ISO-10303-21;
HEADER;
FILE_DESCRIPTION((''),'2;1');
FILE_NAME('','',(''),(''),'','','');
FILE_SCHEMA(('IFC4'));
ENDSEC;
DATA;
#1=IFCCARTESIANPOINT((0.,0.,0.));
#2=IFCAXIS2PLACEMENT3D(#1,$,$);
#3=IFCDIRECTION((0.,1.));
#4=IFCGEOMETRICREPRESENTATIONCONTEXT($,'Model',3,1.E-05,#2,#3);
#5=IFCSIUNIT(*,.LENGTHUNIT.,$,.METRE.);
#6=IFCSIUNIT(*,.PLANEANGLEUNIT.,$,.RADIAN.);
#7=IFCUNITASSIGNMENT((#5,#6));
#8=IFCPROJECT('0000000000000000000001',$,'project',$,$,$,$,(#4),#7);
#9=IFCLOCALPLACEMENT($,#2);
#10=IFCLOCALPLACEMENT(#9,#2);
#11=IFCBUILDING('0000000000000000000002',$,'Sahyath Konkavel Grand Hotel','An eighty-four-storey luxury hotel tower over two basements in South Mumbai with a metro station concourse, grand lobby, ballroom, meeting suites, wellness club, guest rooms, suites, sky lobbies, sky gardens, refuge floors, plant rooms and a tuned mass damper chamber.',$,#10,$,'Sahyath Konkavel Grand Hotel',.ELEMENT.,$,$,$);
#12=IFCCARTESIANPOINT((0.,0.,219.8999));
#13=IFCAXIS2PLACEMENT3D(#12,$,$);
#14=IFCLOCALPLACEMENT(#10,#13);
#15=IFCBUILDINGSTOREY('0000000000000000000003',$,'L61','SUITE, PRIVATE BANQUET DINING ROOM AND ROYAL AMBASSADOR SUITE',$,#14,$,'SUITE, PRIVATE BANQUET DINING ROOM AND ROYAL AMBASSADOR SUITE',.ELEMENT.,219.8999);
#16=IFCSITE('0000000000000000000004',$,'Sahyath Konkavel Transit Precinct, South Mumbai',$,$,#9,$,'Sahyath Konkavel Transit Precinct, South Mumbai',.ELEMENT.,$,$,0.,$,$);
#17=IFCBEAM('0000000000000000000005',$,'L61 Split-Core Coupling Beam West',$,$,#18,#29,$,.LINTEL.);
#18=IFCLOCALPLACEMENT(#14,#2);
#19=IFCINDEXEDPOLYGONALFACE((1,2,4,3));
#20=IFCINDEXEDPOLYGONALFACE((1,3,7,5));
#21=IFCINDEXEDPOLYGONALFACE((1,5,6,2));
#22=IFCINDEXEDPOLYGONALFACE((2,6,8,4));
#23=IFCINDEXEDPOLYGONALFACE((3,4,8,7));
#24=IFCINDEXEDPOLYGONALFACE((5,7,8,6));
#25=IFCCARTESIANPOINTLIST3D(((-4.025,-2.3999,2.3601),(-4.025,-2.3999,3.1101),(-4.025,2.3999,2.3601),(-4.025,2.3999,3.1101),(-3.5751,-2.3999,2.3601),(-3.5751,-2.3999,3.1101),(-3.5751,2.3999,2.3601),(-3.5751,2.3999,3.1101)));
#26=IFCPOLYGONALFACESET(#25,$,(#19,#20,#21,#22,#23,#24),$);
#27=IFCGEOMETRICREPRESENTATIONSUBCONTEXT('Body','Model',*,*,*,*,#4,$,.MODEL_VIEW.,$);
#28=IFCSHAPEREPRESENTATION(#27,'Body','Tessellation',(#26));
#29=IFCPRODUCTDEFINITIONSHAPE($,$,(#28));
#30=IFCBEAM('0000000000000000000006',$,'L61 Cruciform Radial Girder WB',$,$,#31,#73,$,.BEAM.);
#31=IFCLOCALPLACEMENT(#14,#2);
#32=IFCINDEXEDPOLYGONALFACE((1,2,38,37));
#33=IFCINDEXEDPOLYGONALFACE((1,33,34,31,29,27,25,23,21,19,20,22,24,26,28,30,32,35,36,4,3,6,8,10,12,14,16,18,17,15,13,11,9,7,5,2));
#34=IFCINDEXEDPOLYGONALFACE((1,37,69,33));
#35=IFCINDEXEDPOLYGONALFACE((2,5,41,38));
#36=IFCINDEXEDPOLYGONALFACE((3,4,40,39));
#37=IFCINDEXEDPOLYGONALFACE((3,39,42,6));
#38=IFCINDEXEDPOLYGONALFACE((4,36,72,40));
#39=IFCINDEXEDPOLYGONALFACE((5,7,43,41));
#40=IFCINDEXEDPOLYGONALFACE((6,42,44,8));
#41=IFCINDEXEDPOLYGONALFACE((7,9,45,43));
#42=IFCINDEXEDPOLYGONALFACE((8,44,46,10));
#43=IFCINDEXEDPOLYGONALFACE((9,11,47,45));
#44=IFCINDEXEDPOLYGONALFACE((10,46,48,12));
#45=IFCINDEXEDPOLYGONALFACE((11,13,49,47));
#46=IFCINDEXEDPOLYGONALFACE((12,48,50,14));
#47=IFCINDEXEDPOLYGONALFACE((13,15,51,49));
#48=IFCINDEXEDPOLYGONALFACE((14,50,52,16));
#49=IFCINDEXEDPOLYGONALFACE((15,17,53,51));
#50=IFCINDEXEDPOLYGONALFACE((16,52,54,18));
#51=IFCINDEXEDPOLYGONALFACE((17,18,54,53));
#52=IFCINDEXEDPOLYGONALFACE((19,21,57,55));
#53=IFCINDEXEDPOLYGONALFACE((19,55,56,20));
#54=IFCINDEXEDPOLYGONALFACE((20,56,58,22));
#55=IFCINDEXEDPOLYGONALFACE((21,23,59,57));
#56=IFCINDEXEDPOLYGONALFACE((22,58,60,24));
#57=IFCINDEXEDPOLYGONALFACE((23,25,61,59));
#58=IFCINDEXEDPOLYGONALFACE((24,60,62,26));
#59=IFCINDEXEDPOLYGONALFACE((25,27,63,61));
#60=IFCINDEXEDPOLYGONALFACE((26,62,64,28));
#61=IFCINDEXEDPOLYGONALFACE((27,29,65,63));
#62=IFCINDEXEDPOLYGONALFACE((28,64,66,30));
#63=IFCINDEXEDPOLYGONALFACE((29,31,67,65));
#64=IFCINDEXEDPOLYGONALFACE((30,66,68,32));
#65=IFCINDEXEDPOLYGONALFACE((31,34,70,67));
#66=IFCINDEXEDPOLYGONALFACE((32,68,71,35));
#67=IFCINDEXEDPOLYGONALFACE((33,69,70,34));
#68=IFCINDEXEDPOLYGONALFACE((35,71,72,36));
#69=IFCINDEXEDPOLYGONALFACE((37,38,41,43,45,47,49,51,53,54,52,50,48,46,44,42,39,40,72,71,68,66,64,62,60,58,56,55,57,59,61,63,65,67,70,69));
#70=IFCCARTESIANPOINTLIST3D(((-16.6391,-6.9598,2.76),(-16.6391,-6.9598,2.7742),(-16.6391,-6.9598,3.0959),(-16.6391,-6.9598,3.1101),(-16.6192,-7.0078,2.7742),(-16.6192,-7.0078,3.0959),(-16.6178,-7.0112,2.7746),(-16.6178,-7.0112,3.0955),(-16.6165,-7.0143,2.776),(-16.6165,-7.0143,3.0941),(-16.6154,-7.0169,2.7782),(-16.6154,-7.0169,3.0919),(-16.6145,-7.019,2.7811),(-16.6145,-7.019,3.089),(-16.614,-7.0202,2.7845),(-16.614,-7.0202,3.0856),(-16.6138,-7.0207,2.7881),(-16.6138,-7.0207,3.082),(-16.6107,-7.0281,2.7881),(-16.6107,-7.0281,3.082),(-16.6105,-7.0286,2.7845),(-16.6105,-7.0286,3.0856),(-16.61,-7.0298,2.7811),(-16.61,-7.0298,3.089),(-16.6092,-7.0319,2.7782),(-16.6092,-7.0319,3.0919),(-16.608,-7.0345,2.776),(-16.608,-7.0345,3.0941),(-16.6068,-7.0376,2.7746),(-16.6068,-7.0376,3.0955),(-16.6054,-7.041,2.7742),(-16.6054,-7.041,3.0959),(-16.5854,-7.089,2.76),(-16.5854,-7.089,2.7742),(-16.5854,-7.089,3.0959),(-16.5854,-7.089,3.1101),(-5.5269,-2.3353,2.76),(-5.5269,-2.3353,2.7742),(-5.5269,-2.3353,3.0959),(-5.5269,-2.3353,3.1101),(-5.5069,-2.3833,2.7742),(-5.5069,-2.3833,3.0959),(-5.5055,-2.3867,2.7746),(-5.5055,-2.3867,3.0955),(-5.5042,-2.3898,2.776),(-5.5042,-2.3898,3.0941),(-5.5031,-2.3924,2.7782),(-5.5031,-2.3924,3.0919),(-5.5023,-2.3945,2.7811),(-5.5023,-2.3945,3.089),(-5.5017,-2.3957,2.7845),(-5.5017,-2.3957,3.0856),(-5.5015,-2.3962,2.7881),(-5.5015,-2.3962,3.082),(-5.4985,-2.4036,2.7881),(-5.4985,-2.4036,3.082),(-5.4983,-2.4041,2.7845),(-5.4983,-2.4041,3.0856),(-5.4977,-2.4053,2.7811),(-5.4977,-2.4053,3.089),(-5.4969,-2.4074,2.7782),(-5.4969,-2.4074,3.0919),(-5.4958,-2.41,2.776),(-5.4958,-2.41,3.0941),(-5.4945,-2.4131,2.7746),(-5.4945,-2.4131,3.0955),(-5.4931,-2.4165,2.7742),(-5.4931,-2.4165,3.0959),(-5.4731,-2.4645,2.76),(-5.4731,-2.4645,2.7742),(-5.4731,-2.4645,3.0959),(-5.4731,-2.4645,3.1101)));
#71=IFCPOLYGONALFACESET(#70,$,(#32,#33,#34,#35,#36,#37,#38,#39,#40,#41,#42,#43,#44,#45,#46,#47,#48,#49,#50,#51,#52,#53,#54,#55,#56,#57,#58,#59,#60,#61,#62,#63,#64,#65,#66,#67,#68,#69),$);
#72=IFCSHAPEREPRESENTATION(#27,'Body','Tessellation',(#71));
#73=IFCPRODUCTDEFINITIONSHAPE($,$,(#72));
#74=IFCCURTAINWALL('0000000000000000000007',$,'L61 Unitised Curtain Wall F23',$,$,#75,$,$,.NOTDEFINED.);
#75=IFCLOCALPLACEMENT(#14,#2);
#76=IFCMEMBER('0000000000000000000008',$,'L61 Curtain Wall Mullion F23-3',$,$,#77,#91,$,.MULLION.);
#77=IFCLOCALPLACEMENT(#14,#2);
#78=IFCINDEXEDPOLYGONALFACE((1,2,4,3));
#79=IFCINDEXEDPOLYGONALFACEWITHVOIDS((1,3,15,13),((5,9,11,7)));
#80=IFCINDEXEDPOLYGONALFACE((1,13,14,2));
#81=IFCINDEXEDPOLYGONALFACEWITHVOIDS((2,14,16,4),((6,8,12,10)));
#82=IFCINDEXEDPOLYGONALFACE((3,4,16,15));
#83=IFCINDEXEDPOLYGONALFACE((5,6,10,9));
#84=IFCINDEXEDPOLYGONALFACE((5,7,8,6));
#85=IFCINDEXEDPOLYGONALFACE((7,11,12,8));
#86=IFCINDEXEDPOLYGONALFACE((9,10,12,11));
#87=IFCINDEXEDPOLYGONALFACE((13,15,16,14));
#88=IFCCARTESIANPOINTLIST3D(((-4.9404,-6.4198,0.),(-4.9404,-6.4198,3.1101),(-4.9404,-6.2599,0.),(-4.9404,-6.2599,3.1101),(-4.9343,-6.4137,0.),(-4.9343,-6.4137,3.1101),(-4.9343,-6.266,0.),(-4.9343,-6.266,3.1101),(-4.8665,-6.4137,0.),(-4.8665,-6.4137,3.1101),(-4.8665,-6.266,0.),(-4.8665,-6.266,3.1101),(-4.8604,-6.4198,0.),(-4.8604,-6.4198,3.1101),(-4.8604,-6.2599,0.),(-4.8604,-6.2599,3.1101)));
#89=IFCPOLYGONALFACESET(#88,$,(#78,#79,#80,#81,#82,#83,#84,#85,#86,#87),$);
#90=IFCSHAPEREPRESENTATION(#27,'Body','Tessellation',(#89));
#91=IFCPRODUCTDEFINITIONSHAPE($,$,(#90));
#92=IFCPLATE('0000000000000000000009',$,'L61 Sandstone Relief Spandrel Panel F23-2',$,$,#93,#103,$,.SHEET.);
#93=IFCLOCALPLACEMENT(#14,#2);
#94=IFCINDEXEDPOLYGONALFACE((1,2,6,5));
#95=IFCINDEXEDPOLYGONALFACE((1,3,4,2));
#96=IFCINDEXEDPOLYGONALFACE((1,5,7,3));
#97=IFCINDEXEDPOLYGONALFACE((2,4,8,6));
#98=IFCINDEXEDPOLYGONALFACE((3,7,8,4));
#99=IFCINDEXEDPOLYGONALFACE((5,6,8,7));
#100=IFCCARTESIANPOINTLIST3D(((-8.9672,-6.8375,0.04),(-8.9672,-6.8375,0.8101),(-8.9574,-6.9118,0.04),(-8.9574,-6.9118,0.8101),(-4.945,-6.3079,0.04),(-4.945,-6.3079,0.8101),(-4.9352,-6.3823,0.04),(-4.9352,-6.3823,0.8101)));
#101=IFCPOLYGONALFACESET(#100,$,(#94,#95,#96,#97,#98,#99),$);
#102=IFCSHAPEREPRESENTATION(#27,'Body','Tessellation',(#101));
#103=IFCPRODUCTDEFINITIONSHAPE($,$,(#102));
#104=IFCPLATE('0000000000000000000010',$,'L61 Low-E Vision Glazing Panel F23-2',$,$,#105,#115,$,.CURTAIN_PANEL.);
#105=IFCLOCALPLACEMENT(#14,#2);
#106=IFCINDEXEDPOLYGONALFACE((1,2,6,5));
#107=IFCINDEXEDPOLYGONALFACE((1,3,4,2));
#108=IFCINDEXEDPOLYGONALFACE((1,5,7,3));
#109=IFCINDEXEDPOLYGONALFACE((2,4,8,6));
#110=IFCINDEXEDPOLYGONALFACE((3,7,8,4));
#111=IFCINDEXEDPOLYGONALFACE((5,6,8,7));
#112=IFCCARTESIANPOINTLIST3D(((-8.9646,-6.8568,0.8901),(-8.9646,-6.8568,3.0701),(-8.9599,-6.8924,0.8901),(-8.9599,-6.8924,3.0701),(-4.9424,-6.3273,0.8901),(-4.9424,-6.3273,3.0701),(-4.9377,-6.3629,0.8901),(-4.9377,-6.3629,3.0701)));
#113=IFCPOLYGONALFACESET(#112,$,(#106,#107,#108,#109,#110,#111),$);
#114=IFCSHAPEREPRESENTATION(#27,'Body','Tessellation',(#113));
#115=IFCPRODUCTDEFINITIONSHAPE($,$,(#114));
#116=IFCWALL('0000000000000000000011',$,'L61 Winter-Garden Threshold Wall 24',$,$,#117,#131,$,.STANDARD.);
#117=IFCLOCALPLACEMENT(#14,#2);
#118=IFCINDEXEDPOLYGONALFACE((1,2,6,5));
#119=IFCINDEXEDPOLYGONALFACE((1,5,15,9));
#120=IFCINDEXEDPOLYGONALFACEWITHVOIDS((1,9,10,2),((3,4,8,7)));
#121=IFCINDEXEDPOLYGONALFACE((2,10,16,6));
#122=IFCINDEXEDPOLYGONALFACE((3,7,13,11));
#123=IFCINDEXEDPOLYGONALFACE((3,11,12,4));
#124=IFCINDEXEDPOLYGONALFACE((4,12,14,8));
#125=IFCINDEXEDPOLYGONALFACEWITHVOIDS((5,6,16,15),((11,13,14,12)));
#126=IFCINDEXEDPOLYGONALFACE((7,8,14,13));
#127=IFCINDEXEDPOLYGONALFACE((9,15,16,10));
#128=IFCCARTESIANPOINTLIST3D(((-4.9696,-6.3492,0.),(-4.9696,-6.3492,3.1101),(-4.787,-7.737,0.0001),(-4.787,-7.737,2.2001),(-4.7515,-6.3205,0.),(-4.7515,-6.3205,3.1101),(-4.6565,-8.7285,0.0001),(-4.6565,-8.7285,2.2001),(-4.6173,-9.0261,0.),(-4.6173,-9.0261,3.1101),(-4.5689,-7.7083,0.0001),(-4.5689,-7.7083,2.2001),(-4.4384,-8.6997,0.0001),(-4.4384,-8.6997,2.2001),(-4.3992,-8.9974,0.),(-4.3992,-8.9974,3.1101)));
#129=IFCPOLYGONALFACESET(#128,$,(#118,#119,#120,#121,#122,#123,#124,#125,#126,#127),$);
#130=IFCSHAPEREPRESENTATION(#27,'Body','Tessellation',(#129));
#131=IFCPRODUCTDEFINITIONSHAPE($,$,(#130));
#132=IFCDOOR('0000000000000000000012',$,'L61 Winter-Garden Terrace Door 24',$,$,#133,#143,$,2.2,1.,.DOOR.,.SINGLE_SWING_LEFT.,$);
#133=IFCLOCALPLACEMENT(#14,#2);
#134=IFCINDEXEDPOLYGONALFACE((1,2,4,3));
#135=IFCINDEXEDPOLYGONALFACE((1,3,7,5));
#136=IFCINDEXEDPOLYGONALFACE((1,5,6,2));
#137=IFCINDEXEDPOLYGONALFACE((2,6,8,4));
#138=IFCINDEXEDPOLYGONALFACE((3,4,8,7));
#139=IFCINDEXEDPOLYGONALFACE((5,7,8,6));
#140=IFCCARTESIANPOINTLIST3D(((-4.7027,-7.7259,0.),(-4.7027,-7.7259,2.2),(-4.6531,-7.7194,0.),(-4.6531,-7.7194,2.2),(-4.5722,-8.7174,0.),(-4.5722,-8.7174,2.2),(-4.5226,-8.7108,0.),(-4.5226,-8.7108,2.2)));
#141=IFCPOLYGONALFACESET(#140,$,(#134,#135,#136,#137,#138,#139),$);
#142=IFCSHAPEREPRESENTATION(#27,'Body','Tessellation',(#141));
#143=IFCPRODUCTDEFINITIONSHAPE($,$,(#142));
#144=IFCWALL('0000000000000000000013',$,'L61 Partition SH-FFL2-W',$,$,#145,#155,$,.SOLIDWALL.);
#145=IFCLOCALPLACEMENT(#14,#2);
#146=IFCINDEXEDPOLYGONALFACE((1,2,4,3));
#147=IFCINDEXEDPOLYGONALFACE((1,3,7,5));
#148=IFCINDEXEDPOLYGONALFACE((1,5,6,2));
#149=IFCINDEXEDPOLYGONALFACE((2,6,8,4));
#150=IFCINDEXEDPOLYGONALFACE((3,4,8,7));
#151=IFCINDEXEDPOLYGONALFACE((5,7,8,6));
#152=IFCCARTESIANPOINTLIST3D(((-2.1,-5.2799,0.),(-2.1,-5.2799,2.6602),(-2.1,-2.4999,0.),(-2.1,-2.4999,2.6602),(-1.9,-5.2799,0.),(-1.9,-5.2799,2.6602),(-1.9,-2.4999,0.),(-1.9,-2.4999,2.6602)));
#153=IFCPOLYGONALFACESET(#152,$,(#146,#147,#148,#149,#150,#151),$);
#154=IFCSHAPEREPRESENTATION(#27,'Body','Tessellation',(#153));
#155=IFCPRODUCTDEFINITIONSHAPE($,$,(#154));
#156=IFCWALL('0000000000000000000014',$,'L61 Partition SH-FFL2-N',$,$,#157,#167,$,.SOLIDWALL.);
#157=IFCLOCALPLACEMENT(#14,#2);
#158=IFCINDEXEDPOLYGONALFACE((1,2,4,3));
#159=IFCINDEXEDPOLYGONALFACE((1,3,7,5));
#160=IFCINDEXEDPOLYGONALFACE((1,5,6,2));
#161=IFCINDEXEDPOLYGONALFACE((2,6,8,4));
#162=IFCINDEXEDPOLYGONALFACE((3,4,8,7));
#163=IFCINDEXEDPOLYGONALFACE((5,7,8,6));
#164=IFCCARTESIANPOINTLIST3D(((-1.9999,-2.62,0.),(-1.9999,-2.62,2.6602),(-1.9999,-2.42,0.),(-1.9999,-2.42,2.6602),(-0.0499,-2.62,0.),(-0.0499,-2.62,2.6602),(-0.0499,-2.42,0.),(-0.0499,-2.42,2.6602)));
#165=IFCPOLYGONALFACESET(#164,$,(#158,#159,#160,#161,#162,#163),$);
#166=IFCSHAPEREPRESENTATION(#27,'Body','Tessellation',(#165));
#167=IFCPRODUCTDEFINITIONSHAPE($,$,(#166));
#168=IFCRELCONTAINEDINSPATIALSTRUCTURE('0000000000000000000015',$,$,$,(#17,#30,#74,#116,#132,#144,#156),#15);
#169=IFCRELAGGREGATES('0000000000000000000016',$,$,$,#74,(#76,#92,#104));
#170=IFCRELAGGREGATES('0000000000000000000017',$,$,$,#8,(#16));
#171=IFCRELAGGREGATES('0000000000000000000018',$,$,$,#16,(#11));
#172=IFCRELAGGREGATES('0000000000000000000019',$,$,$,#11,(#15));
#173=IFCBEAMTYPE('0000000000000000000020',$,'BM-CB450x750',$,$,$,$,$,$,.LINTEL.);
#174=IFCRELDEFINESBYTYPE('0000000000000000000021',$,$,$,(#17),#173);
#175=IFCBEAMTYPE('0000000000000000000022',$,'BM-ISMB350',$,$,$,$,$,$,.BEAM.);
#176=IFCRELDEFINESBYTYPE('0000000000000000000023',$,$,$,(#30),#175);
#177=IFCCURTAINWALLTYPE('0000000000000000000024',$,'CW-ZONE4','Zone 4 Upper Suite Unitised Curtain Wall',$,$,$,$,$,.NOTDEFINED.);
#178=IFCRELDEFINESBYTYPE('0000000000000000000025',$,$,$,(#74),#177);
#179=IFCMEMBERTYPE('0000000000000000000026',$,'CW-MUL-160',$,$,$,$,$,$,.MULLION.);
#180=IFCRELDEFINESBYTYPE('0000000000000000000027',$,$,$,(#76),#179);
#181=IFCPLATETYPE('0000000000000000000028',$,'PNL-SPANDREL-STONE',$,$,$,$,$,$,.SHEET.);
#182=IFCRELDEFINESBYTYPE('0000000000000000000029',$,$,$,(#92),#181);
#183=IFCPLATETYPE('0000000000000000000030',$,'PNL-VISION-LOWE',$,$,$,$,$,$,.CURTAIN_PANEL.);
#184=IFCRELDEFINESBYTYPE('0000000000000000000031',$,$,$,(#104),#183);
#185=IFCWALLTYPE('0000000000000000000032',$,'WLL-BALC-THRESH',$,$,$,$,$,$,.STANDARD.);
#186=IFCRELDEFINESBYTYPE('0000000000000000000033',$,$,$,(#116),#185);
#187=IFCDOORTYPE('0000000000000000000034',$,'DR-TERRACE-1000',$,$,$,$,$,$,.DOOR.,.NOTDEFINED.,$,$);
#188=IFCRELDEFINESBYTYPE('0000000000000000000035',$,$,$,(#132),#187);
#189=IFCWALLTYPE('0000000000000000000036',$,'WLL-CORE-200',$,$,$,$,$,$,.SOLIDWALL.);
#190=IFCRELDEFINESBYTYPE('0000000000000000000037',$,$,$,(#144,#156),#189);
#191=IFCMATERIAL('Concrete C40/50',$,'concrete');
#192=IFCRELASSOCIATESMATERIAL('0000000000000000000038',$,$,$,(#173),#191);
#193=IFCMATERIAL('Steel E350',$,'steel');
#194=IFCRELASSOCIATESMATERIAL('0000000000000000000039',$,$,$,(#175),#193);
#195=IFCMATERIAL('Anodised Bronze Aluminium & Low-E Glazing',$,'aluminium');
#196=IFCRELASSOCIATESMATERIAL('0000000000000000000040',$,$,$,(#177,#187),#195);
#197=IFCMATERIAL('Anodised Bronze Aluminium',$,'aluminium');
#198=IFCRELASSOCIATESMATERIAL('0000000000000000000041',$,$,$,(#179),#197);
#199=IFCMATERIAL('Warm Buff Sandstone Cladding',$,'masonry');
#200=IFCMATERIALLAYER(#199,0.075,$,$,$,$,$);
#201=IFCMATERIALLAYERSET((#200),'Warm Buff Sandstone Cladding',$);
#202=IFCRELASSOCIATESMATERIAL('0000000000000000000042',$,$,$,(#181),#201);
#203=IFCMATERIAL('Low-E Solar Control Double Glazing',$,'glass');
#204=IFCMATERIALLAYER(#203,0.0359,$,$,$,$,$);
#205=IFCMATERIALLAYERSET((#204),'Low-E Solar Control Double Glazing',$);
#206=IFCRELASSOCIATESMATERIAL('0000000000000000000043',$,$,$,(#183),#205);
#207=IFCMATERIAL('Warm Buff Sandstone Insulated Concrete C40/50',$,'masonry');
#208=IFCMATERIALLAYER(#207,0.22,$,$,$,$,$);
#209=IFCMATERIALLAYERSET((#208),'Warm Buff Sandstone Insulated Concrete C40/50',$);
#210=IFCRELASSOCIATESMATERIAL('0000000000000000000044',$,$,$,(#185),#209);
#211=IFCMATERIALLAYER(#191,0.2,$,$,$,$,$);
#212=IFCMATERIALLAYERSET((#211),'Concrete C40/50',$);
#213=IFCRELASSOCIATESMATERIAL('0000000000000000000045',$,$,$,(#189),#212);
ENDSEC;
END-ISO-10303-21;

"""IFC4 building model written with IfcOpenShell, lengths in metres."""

from ifc_helpers import new_model, si_unit, direction, frame, frame_2d, origin, origin_2d, place, context, subcontext, project, spatial, rectangle, hollow_rectangle, i_section, extrude, source, transform, mapped, material, layer, layer_set, material_profile, profile_set, type_object, element, fill, aggregate, save


model = new_model("IFC4")

# Units and contexts
model_context = context("Model", 3, precision=1e-05, world=origin(), true_north=direction((0.0, 1.0)))
body_context = subcontext(model_context, "Body", "Model", "MODEL_VIEW")
ifc_project = project(units=[si_unit("LENGTHUNIT", "METRE"), si_unit("PLANEANGLEUNIT", "RADIAN")], contexts=[model_context])

# Site, building, storey
site_placement = place(None, origin())
site = spatial("IfcSite", under=ifc_project, at=site_placement, Name="Sahyath Konkavel Transit Precinct, South Mumbai", LongName="Sahyath Konkavel Transit Precinct, South Mumbai", CompositionType="ELEMENT", RefElevation=0.0)
building_placement = place(site_placement, origin())
building = spatial("IfcBuilding", under=site, at=building_placement, Name="Sahyath Konkavel Grand Hotel", Description="An eighty-four-storey luxury hotel tower over two basements in South Mumbai with a metro station concourse, grand lobby, ballroom, meeting suites, wellness club, guest rooms, suites, sky lobbies, sky gardens, refuge floors, plant rooms and a tuned mass damper chamber.", LongName="Sahyath Konkavel Grand Hotel", CompositionType="ELEMENT")
storey_placement = place(building_placement, frame((0.0, 0.0, 219.8999)))
storey = spatial("IfcBuildingStorey", under=building, at=storey_placement, Name="L61", Description="SUITE, PRIVATE BANQUET DINING ROOM AND ROYAL AMBASSADOR SUITE", LongName="SUITE, PRIVATE BANQUET DINING ROOM AND ROYAL AMBASSADOR SUITE", CompositionType="ELEMENT", Elevation=219.8999)

# Shared definitions
ifc_material_1 = material(Name="Concrete C40/50", Category="concrete")

# Beams
ifc_material_2 = material(Name="Steel E350", Category="steel")
ifc_material_profile_1 = material_profile(ifc_material_1, rectangle(XDim=0.45, YDim=0.75, at=origin_2d()), Name="RC 450x750")
ifc_profile_set_1 = profile_set([ifc_material_profile_1], Name="Concrete C40/50")
beam_type_1 = type_object("IfcBeamType", Name="BM-CB450x750", PredefinedType="LINTEL", material=ifc_profile_set_1)
shared_shape_1 = source(origin(), body_context, "Body", "SweptSolid", [
    extrude(rectangle(XDim=0.45, YDim=0.75, at=origin_2d()), origin(), (0.0, 0.0, 1.0), 4.7998),
])
beam_1_placement = place(storey_placement, frame((-3.8, -2.3999, 2.7351), z_axis=(0.0, 1.0, 0.0), x_axis=(-1.0, 0.0, 0.0)))
element("IfcBeam", 1, at=beam_1_placement, inside=storey, type_object=beam_type_1, Name="L61 Split-Core Coupling Beam West", PredefinedType="LINTEL", context=body_context, shape_type="MappedRepresentation", body=[
    mapped(shared_shape_1, transform((0.0, 0.0, 0.0), scale=1.0)),
])
ifc_material_profile_2 = material_profile(ifc_material_2, i_section(OverallWidth=0.1399, OverallDepth=0.3501, WebThickness=0.0081, FlangeThickness=0.0142, FilletRadius=0.0139, at=origin_2d()), Name="ISMB 350")
ifc_profile_set_2 = profile_set([ifc_material_profile_2], Name="Steel E350")
beam_type_2 = type_object("IfcBeamType", Name="BM-ISMB350", PredefinedType="BEAM", material=ifc_profile_set_2)
shared_shape_2 = source(origin(), body_context, "Body", "SweptSolid", [
    extrude(i_section(OverallWidth=0.1399, OverallDepth=0.3501, WebThickness=0.0081, FlangeThickness=0.0142, FilletRadius=0.0139, at=origin_2d()), origin(), (0.0, 0.0, 1.0), 12.0361),
])
beam_2_placement = place(storey_placement, frame((-5.5, -2.3999, 2.9351), z_axis=(-0.923242, -0.384218, 0.0), x_axis=(0.384218, -0.923242, 0.0)))
element("IfcBeam", 2, at=beam_2_placement, inside=storey, type_object=beam_type_2, Name="L61 Cruciform Radial Girder WB", PredefinedType="BEAM", context=body_context, shape_type="MappedRepresentation", body=[
    mapped(shared_shape_2, transform((0.0, 0.0, 0.0), scale=1.0)),
])

# Curtain wall, member, plates
ifc_material_3 = material(Name="Anodised Bronze Aluminium & Low-E Glazing", Category="aluminium")
curtain_wall_type = type_object("IfcCurtainWallType", Name="CW-ZONE4", Description="Zone 4 Upper Suite Unitised Curtain Wall", PredefinedType="NOTDEFINED", material=ifc_material_3)
curtain_wall_placement = place(storey_placement, origin())
curtain_wall = element("IfcCurtainWall", 3, at=curtain_wall_placement, inside=storey, type_object=curtain_wall_type, Name="L61 Unitised Curtain Wall F23", PredefinedType="NOTDEFINED")
ifc_material_4 = material(Name="Anodised Bronze Aluminium", Category="aluminium")
ifc_material_profile_3 = material_profile(ifc_material_4, hollow_rectangle(XDim=0.0801, YDim=0.1599, WallThickness=0.0061, at=origin_2d()), Name="RHS 160x80x6")
ifc_profile_set_3 = profile_set([ifc_material_profile_3], Name="Anodised Bronze Aluminium")
member_type = type_object("IfcMemberType", Name="CW-MUL-160", PredefinedType="MULLION", material=ifc_profile_set_3)
shared_shape_3 = source(origin(), body_context, "Body", "SweptSolid", [
    extrude(hollow_rectangle(XDim=0.0801, YDim=0.1599, WallThickness=0.0061, at=origin_2d()), origin(), (0.0, 0.0, 1.0), 3.1101),
])
member_placement = place(storey_placement, frame((-4.9004, -6.3398, 0.0), z_axis=(0.0, 0.0, 1.0), x_axis=(1.0, 0.0, 0.0)))
member = element("IfcMember", 4, at=member_placement, type_object=member_type, Name="L61 Curtain Wall Mullion F23-3", PredefinedType="MULLION", context=body_context, shape_type="MappedRepresentation", body=[
    mapped(shared_shape_3, transform((0.0, 0.0, 0.0), scale=1.0)),
])
ifc_material_5 = material(Name="Warm Buff Sandstone Cladding", Category="masonry")
ifc_layer_1 = layer(ifc_material_5, 0.075)
ifc_layer_set_1 = layer_set([ifc_layer_1], Name="Warm Buff Sandstone Cladding")
plate_type_1 = type_object("IfcPlateType", Name="PNL-SPANDREL-STONE", PredefinedType="SHEET", material=ifc_layer_set_1)
shared_shape_4 = source(origin(), body_context, "Body", "SweptSolid", [
    extrude(rectangle(XDim=4.0569, YDim=0.075, at=origin_2d()), origin(), (0.0, 0.0, 1.0), 0.77),
])
plate_1_placement = place(storey_placement, frame((-6.9512, -6.6099, 0.04), z_axis=(0.0, 0.0, 1.0), x_axis=(0.991445, 0.130526, 0.0)))
plate_1 = element("IfcPlate", 5, at=plate_1_placement, type_object=plate_type_1, Name="L61 Sandstone Relief Spandrel Panel F23-2", PredefinedType="SHEET", context=body_context, shape_type="MappedRepresentation", body=[
    mapped(shared_shape_4, transform((0.0, 0.0, 0.0), scale=1.0)),
])
ifc_material_6 = material(Name="Low-E Solar Control Double Glazing", Category="glass")
ifc_layer_2 = layer(ifc_material_6, 0.0359)
ifc_layer_set_2 = layer_set([ifc_layer_2], Name="Low-E Solar Control Double Glazing")
plate_type_2 = type_object("IfcPlateType", Name="PNL-VISION-LOWE", PredefinedType="CURTAIN_PANEL", material=ifc_layer_set_2)
shared_shape_5 = source(origin(), body_context, "Body", "SweptSolid", [
    extrude(rectangle(XDim=4.0569, YDim=0.0359, at=origin_2d()), origin(), (0.0, 0.0, 1.0), 2.1799),
])
plate_2_placement = place(storey_placement, frame((-6.9512, -6.6099, 0.8901), z_axis=(0.0, 0.0, 1.0), x_axis=(0.991445, 0.130526, 0.0)))
plate_2 = element("IfcPlate", 6, at=plate_2_placement, type_object=plate_type_2, Name="L61 Low-E Vision Glazing Panel F23-2", PredefinedType="CURTAIN_PANEL", context=body_context, shape_type="MappedRepresentation", body=[
    mapped(shared_shape_5, transform((0.0, 0.0, 0.0), scale=1.0)),
])
aggregate(curtain_wall, [member, plate_1, plate_2])

# Wall, opening, door
ifc_material_7 = material(Name="Warm Buff Sandstone Insulated Concrete C40/50", Category="masonry")
ifc_layer_3 = layer(ifc_material_7, 0.22)
ifc_layer_set_3 = layer_set([ifc_layer_3], Name="Warm Buff Sandstone Insulated Concrete C40/50")
wall_type_1 = type_object("IfcWallType", Name="WLL-BALC-THRESH", PredefinedType="STANDARD", material=ifc_layer_set_3)
wall_1_placement = place(storey_placement, frame((-4.8606, -6.3347, 0.0), z_axis=(0.0, 0.0, 1.0), x_axis=(0.130487, -0.99145, 0.0)))
wall_1 = element("IfcWall", 7, at=wall_1_placement, inside=storey, type_object=wall_type_1, Name="L61 Winter-Garden Threshold Wall 24", PredefinedType="STANDARD", context=body_context, shape_type="SweptSolid", body=[
    extrude(rectangle(XDim=2.7, YDim=0.22, at=frame_2d((1.3501, 0.0))), origin(), (0.0, 0.0, 1.0), 3.1101),
])
opening_1_placement = place(wall_1_placement, frame((1.3999, 0.0, 0.0)))
opening_1 = element("IfcOpeningElement", 8, at=opening_1_placement, cuts=wall_1, PredefinedType="OPENING", context=body_context, shape_type="SweptSolid", body=[
    extrude(rectangle(XDim=1.0, YDim=2.2, at=frame_2d((0.5, 1.1001))), frame((0.0, 0.1201, 0.0), z_axis=(0.0, -1.0, 0.0), x_axis=(1.0, 0.0, 0.0)), (0.0, 0.0, 1.0), 0.24),
])
door_type_1 = type_object("IfcDoorType", Name="DR-TERRACE-1000", OperationType="NOTDEFINED", PredefinedType="DOOR", material=ifc_material_3)
shared_shape_6 = source(origin(), body_context, "Body", "SweptSolid", [
    extrude(rectangle(XDim=1.0, YDim=0.05, at=origin_2d()), origin(), (0.0, 0.0, 1.0), 2.2),
])
door_1_placement = place(opening_1_placement, frame((0.5, 0.0, 0.0)))
door_1 = element("IfcDoor", 9, at=door_1_placement, inside=storey, type_object=door_type_1, Name="L61 Winter-Garden Terrace Door 24", OperationType="SINGLE_SWING_LEFT", OverallHeight=2.2, OverallWidth=1.0, PredefinedType="DOOR", context=body_context, shape_type="MappedRepresentation", body=[
    mapped(shared_shape_6, transform((0.0, 0.0, 0.0), scale=1.0)),
])
fill(opening_1, door_1)

# Walls
ifc_layer_4 = layer(ifc_material_1, 0.2)
ifc_layer_set_4 = layer_set([ifc_layer_4], Name="Concrete C40/50")
wall_type_2 = type_object("IfcWallType", Name="WLL-CORE-200", PredefinedType="SOLIDWALL", material=ifc_layer_set_4)
wall_2_placement = place(storey_placement, frame((-2.0, -5.28, 0.0), z_axis=(0.0, 0.0, 1.0), x_axis=(0.0, 1.0, 0.0)))
element("IfcWall", 10, at=wall_2_placement, inside=storey, type_object=wall_type_2, Name="L61 Partition SH-FFL2-W", PredefinedType="SOLIDWALL", context=body_context, shape_type="SweptSolid", body=[
    extrude(rectangle(XDim=2.78, YDim=0.2, at=frame_2d((1.3901, 0.0))), origin(), (0.0, 0.0, 1.0), 2.6602),
])
wall_3_placement = place(storey_placement, frame((-2.0, -2.52, 0.0), z_axis=(0.0, 0.0, 1.0), x_axis=(1.0, 0.0, 0.0)))
element("IfcWall", 11, at=wall_3_placement, inside=storey, type_object=wall_type_2, Name="L61 Partition SH-FFL2-N", PredefinedType="SOLIDWALL", context=body_context, shape_type="SweptSolid", body=[
    extrude(rectangle(XDim=1.95, YDim=0.2, at=frame_2d((0.9751, 0.0))), origin(), (0.0, 0.0, 1.0), 2.6602),
])

save(model, "model.ifc")
